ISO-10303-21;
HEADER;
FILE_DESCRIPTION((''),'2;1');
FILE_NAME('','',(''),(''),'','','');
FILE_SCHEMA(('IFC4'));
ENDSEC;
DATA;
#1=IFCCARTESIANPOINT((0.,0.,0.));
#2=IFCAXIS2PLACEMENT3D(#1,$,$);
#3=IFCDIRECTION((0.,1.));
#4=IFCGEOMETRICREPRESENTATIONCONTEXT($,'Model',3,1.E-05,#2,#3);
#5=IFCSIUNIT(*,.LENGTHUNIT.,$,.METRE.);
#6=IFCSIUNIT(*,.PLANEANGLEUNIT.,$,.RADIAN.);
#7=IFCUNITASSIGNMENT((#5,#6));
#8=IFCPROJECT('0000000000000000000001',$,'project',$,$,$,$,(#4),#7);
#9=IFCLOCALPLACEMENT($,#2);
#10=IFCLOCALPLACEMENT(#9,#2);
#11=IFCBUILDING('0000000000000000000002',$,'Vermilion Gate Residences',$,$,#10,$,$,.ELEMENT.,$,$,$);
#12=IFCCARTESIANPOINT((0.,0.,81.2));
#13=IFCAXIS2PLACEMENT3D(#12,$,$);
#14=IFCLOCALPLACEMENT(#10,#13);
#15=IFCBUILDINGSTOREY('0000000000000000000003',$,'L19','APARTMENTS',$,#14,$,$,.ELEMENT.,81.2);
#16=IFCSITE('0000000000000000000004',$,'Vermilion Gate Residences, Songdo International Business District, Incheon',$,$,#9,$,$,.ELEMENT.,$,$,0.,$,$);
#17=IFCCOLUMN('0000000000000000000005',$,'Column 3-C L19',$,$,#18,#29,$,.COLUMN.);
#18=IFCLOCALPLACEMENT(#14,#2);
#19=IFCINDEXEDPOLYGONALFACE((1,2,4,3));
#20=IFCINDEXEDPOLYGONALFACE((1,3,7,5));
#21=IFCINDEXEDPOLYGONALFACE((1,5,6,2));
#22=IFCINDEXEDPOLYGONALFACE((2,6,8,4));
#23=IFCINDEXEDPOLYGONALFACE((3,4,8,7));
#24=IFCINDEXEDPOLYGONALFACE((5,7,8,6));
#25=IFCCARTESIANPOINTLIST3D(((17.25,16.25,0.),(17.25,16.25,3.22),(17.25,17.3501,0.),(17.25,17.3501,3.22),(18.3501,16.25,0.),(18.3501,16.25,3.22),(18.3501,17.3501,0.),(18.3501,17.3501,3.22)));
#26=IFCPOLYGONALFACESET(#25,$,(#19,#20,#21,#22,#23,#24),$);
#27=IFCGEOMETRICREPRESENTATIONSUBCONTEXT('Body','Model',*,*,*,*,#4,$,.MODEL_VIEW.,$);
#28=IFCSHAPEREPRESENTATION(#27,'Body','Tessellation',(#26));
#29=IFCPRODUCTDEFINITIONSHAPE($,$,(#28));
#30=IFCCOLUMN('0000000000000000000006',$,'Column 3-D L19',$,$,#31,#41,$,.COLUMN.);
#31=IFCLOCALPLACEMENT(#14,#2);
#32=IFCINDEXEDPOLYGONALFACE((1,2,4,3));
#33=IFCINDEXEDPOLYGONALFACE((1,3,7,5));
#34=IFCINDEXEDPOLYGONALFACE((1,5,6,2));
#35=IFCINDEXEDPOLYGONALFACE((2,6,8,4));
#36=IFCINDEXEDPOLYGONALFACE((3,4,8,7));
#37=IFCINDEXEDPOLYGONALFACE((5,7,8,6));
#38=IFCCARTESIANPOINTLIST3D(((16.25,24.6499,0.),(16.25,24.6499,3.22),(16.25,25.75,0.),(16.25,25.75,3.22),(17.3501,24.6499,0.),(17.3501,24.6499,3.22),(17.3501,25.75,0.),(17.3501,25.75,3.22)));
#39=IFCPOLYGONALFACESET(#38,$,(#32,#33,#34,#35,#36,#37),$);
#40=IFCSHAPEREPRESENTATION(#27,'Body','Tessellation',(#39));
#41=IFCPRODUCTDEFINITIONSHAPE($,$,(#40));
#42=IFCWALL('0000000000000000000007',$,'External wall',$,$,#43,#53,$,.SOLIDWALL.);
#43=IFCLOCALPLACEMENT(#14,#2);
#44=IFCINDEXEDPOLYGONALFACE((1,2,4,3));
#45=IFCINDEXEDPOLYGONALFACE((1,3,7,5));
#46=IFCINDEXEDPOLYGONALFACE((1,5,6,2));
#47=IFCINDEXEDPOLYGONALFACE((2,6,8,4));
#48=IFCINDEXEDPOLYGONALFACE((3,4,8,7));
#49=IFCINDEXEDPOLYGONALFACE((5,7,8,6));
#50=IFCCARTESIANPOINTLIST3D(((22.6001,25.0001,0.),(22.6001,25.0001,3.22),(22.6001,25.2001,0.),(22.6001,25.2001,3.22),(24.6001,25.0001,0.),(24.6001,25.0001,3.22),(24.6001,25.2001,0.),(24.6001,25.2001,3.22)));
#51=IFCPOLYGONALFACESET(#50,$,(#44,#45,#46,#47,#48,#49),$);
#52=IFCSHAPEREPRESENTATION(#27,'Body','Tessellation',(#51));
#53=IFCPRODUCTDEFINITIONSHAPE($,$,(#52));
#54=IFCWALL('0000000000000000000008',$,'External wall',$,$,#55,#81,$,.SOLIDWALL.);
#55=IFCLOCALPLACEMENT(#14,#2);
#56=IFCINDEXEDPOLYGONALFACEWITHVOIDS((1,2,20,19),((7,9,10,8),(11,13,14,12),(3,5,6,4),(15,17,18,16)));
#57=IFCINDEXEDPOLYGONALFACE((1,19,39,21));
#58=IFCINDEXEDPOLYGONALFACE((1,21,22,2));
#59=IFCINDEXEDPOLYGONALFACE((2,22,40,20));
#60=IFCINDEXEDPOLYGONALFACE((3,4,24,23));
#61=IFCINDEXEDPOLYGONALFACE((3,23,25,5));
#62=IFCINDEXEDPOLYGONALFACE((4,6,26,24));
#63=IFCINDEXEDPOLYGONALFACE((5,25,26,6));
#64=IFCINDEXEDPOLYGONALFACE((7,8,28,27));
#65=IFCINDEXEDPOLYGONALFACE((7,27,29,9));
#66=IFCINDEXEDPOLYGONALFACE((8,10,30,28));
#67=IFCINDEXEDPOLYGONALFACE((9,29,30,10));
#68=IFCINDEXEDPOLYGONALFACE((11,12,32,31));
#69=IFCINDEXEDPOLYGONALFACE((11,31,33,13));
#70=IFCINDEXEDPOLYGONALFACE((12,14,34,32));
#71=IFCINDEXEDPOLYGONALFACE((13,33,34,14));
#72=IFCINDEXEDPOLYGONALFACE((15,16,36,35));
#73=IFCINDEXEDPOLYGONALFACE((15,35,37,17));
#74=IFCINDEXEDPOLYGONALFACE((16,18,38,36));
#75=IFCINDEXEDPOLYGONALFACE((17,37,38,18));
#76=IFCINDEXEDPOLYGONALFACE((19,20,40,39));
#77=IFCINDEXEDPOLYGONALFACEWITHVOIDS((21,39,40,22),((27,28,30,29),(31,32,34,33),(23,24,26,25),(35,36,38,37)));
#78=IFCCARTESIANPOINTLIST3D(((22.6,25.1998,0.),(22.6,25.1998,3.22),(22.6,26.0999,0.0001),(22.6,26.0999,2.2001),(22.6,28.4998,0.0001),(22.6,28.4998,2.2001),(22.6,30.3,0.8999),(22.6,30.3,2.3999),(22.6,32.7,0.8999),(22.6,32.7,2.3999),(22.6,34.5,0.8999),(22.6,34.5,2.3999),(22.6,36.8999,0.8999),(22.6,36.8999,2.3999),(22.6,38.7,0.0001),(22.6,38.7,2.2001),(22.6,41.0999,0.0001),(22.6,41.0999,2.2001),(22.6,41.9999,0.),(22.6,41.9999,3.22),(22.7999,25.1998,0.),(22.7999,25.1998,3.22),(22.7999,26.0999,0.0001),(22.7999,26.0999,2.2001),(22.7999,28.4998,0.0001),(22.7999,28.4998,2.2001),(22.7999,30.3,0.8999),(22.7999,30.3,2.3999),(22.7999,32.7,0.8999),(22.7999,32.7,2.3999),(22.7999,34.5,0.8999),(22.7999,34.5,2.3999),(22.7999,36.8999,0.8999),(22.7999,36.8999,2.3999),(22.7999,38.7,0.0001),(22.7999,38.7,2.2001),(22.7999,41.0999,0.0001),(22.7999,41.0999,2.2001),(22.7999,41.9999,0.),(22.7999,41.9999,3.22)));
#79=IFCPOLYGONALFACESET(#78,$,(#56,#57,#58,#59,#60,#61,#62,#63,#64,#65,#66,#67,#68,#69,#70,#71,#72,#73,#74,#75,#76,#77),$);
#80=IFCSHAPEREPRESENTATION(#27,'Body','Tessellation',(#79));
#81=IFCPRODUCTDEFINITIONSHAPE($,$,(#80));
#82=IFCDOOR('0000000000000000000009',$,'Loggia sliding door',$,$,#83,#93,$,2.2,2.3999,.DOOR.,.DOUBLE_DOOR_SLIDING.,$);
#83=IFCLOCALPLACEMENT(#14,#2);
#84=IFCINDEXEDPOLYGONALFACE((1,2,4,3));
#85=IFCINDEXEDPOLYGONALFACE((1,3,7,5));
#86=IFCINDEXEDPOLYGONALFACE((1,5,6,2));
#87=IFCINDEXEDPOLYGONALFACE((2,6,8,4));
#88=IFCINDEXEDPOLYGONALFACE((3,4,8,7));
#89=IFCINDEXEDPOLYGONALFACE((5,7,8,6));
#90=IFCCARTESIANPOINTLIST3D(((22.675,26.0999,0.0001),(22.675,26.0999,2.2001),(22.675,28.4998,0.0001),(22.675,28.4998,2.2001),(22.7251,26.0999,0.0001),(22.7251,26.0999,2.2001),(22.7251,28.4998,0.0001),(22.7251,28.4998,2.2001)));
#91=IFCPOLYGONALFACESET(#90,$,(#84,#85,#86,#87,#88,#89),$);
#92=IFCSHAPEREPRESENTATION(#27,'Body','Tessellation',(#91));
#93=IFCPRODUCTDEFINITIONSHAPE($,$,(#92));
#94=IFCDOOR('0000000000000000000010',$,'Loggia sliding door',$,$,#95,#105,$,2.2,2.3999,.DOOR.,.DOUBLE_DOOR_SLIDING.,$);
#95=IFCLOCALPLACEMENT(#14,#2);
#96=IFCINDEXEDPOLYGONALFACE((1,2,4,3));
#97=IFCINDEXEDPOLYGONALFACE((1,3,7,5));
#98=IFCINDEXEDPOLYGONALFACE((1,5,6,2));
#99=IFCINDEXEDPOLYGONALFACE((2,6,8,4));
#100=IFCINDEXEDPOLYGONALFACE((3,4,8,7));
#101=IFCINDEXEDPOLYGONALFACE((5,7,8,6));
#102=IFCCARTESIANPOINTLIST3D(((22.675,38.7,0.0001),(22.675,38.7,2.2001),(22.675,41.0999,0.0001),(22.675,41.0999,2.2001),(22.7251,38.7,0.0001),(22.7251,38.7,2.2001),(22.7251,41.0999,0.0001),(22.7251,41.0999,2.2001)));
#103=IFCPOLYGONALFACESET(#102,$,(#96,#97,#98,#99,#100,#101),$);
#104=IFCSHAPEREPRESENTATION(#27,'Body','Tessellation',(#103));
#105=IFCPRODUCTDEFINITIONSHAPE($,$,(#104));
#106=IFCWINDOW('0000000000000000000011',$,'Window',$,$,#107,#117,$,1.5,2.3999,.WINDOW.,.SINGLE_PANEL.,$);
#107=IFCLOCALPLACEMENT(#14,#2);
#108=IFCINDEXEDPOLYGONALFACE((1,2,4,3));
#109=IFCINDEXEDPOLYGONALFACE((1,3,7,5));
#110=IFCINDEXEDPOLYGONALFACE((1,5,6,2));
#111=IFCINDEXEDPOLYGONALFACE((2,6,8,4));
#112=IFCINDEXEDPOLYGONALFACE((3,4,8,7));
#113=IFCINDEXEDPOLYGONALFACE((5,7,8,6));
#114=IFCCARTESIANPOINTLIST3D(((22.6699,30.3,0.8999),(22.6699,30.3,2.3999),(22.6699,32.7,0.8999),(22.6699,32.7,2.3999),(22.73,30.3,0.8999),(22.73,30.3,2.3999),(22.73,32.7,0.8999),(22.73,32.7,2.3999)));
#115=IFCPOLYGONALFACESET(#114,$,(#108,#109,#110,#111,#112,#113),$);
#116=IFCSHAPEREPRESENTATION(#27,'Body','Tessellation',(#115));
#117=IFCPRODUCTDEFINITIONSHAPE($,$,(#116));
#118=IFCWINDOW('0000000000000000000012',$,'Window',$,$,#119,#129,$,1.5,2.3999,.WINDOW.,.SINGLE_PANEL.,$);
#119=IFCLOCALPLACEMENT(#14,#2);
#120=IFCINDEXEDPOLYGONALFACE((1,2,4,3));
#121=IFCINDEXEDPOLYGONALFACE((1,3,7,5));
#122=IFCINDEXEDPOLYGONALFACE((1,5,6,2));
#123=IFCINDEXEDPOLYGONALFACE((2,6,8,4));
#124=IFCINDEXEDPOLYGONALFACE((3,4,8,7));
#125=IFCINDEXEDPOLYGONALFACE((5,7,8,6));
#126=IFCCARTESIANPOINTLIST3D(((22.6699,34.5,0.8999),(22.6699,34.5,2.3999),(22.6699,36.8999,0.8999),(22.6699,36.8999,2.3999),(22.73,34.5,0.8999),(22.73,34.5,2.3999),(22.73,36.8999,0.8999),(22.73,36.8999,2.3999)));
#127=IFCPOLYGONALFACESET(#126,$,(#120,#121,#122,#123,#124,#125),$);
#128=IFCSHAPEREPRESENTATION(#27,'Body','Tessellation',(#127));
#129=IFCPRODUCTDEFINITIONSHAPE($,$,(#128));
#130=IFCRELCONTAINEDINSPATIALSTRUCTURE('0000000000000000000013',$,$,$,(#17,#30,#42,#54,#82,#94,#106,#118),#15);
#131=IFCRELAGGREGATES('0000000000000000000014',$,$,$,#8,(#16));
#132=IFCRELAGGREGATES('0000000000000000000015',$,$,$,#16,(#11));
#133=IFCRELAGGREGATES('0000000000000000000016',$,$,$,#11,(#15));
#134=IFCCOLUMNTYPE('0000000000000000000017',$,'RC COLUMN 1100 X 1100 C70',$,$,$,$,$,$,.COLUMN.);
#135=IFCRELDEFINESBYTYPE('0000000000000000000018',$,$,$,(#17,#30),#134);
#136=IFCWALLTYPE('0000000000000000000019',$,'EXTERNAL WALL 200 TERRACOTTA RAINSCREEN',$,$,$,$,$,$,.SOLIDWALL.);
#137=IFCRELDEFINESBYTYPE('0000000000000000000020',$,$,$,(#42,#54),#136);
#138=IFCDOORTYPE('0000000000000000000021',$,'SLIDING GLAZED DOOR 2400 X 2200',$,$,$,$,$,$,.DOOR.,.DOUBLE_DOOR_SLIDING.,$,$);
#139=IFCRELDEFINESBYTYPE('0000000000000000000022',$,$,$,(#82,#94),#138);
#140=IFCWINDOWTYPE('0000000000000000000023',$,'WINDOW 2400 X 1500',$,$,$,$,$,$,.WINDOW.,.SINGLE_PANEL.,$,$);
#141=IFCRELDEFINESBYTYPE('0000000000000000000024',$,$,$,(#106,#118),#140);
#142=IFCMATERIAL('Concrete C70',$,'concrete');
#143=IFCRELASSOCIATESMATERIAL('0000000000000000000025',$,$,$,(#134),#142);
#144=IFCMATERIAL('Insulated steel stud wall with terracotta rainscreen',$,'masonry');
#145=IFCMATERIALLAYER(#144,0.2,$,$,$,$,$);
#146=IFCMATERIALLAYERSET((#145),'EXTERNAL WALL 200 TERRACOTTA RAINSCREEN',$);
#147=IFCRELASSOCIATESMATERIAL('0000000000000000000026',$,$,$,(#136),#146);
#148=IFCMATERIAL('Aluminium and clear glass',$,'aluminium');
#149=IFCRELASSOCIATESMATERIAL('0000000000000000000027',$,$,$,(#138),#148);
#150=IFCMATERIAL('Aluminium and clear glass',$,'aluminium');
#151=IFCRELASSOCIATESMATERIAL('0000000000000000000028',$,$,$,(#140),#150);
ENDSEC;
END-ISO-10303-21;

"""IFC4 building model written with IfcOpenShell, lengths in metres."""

from ifc_helpers import new_model, si_unit, direction, frame, frame_2d, origin, origin_2d, place, context, subcontext, project, spatial, rectangle, extrude, material, layer, layer_set, material_profile, profile_set, type_object, element, fill, save


model = new_model("IFC4")

# Units and contexts
model_context = context("Model", 3, precision=1e-05, world=origin(), true_north=direction((0.0, 1.0)))
body_context = subcontext(model_context, "Body", "Model", "MODEL_VIEW")
ifc_project = project(units=[si_unit("LENGTHUNIT", "METRE"), si_unit("PLANEANGLEUNIT", "RADIAN")], contexts=[model_context])

# Site, building, storey
site_placement = place(None, origin())
site = spatial("IfcSite", under=ifc_project, at=site_placement, Name="Vermilion Gate Residences, Songdo International Business District, Incheon", CompositionType="ELEMENT", RefElevation=0.0)
building_placement = place(site_placement, origin())
building = spatial("IfcBuilding", under=site, at=building_placement, Name="Vermilion Gate Residences", CompositionType="ELEMENT")
storey_placement = place(building_placement, frame((0.0, 0.0, 81.2)))
storey = spatial("IfcBuildingStorey", under=building, at=storey_placement, Name="L19", Description="APARTMENTS", CompositionType="ELEMENT", Elevation=81.2)

# Columns
ifc_material_1 = material(Name="Concrete C70", Category="concrete")
ifc_material_profile = material_profile(ifc_material_1, rectangle(XDim=1.1001, YDim=1.1001, at=origin_2d()), Name="RC-1100x1100")
ifc_profile_set = profile_set([ifc_material_profile], Name="Concrete C70")
column_type = type_object("IfcColumnType", Name="RC COLUMN 1100 X 1100 C70", PredefinedType="COLUMN", material=ifc_profile_set)
for number, where, z_axis, x_axis, name in (
    (1, (17.8, 16.8, 0.0), (0.0, 0.0, 1.0), (1.0, 0.0, 0.0), "Column 3-C L19"),
    (2, (16.8, 25.2, 0.0), (0.0, 0.0, 1.0), (1.0, 0.0, 0.0), "Column 3-D L19"),
):
    element("IfcColumn", number, at=place(storey_placement, frame(where, z_axis=z_axis, x_axis=x_axis)), inside=storey, type_object=column_type, Name=name, PredefinedType="COLUMN", context=body_context, shape_type="SweptSolid", body=[
        extrude(rectangle(XDim=1.1001, YDim=1.1001, at=origin_2d()), origin(), (0.0, 0.0, 1.0), 3.22),
    ])

# Wall
ifc_material_2 = material(Name="Insulated steel stud wall with terracotta rainscreen", Category="masonry")
ifc_layer_1 = layer(ifc_material_2, 0.2)
ifc_layer_set_1 = layer_set([ifc_layer_1], Name="EXTERNAL WALL 200 TERRACOTTA RAINSCREEN")
wall_type_1 = type_object("IfcWallType", Name="EXTERNAL WALL 200 TERRACOTTA RAINSCREEN", PredefinedType="SOLIDWALL", material=ifc_layer_set_1)
wall_1_placement = place(storey_placement, frame((24.6001, 25.1001, 0.0), z_axis=(0.0, 0.0, 1.0), x_axis=(-1.0, 0.0, 0.0)))
element("IfcWall", 3, at=wall_1_placement, inside=storey, type_object=wall_type_1, Name="External wall", PredefinedType="SOLIDWALL", context=body_context, shape_type="SweptSolid", body=[
    extrude(rectangle(XDim=2.0, YDim=0.2, at=frame_2d((1.0, 0.0))), origin(), (0.0, 0.0, 1.0), 3.22),
])

# Wall, openings, doors, windows
wall_2_placement = place(storey_placement, frame((22.7, 25.2, 0.0), z_axis=(0.0, 0.0, 1.0), x_axis=(0.0, 1.0, 0.0)))
wall_2 = element("IfcWall", 4, at=wall_2_placement, inside=storey, type_object=wall_type_1, Name="External wall", PredefinedType="SOLIDWALL", context=body_context, shape_type="SweptSolid", body=[
    extrude(rectangle(XDim=16.8, YDim=0.2, at=frame_2d((8.3999, 0.0))), origin(), (0.0, 0.0, 1.0), 3.22),
])
opening_1_placement = place(wall_2_placement, frame((0.8999, 0.0, 0.0)))
opening_1 = element("IfcOpeningElement", 5, at=opening_1_placement, cuts=wall_2, PredefinedType="OPENING", context=body_context, shape_type="SweptSolid", body=[
    extrude(rectangle(XDim=2.3999, YDim=2.2, at=frame_2d((1.2, 1.1001))), frame((0.0, 0.1099, 0.0), z_axis=(0.0, -1.0, 0.0), x_axis=(1.0, 0.0, 0.0)), (0.0, 0.0, 1.0), 0.22),
])
opening_2_placement = place(wall_2_placement, frame((5.1001, 0.0, 0.8999)))
opening_2 = element("IfcOpeningElement", 6, at=opening_2_placement, cuts=wall_2, PredefinedType="OPENING", context=body_context, shape_type="SweptSolid", body=[
    extrude(rectangle(XDim=2.3999, YDim=1.5, at=frame_2d((1.2, 0.75))), frame((0.0, 0.1099, 0.0), z_axis=(0.0, -1.0, 0.0), x_axis=(1.0, 0.0, 0.0)), (0.0, 0.0, 1.0), 0.22),
])
opening_3_placement = place(wall_2_placement, frame((9.3, 0.0, 0.8999)))
opening_3 = element("IfcOpeningElement", 7, at=opening_3_placement, cuts=wall_2, PredefinedType="OPENING", context=body_context, shape_type="SweptSolid", body=[
    extrude(rectangle(XDim=2.3999, YDim=1.5, at=frame_2d((1.2, 0.75))), frame((0.0, 0.1099, 0.0), z_axis=(0.0, -1.0, 0.0), x_axis=(1.0, 0.0, 0.0)), (0.0, 0.0, 1.0), 0.22),
])
opening_4_placement = place(wall_2_placement, frame((13.5, 0.0, 0.0)))
opening_4 = element("IfcOpeningElement", 8, at=opening_4_placement, cuts=wall_2, PredefinedType="OPENING", context=body_context, shape_type="SweptSolid", body=[
    extrude(rectangle(XDim=2.3999, YDim=2.2, at=frame_2d((1.2, 1.1001))), frame((0.0, 0.1099, 0.0), z_axis=(0.0, -1.0, 0.0), x_axis=(1.0, 0.0, 0.0)), (0.0, 0.0, 1.0), 0.22),
])
ifc_material_3 = material(Name="Aluminium and clear glass", Category="aluminium")
door_type_1 = type_object("IfcDoorType", Name="SLIDING GLAZED DOOR 2400 X 2200", OperationType="DOUBLE_DOOR_SLIDING", PredefinedType="DOOR", material=ifc_material_3)
door_1_placement = place(opening_1_placement, origin())
door_1 = element("IfcDoor", 9, at=door_1_placement, inside=storey, type_object=door_type_1, Name="Loggia sliding door", OperationType="DOUBLE_DOOR_SLIDING", OverallHeight=2.2, OverallWidth=2.3999, PredefinedType="DOOR", context=body_context, shape_type="SweptSolid", body=[
    extrude(rectangle(XDim=2.3999, YDim=2.2, at=frame_2d((1.2, 1.1001))), frame((0.0, 0.0249, 0.0), z_axis=(0.0, -1.0, 0.0), x_axis=(1.0, 0.0, 0.0)), (0.0, 0.0, 1.0), 0.05),
])
fill(opening_1, door_1)
door_2_placement = place(opening_4_placement, origin())
door_2 = element("IfcDoor", 10, at=door_2_placement, inside=storey, type_object=door_type_1, Name="Loggia sliding door", OperationType="DOUBLE_DOOR_SLIDING", OverallHeight=2.2, OverallWidth=2.3999, PredefinedType="DOOR", context=body_context, shape_type="SweptSolid", body=[
    extrude(rectangle(XDim=2.3999, YDim=2.2, at=frame_2d((1.2, 1.1001))), frame((0.0, 0.0249, 0.0), z_axis=(0.0, -1.0, 0.0), x_axis=(1.0, 0.0, 0.0)), (0.0, 0.0, 1.0), 0.05),
])
fill(opening_4, door_2)
ifc_material_4 = material(Name="Aluminium and clear glass", Category="aluminium")
window_type = type_object("IfcWindowType", Name="WINDOW 2400 X 1500", PartitioningType="SINGLE_PANEL", PredefinedType="WINDOW", material=ifc_material_4)
window_1_placement = place(opening_2_placement, origin())
window_1 = element("IfcWindow", 11, at=window_1_placement, inside=storey, type_object=window_type, Name="Window", OverallHeight=1.5, OverallWidth=2.3999, PartitioningType="SINGLE_PANEL", PredefinedType="WINDOW", context=body_context, shape_type="SweptSolid", body=[
    extrude(rectangle(XDim=2.3999, YDim=1.5, at=frame_2d((1.2, 0.75))), frame((0.0, 0.03, 0.0), z_axis=(0.0, -1.0, 0.0), x_axis=(1.0, 0.0, 0.0)), (0.0, 0.0, 1.0), 0.0601),
])
fill(opening_2, window_1)
window_2_placement = place(opening_3_placement, origin())
window_2 = element("IfcWindow", 12, at=window_2_placement, inside=storey, type_object=window_type, Name="Window", OverallHeight=1.5, OverallWidth=2.3999, PartitioningType="SINGLE_PANEL", PredefinedType="WINDOW", context=body_context, shape_type="SweptSolid", body=[
    extrude(rectangle(XDim=2.3999, YDim=1.5, at=frame_2d((1.2, 0.75))), frame((0.0, 0.03, 0.0), z_axis=(0.0, -1.0, 0.0), x_axis=(1.0, 0.0, 0.0)), (0.0, 0.0, 1.0), 0.0601),
])
fill(opening_3, window_2)

save(model, "model.ifc")
